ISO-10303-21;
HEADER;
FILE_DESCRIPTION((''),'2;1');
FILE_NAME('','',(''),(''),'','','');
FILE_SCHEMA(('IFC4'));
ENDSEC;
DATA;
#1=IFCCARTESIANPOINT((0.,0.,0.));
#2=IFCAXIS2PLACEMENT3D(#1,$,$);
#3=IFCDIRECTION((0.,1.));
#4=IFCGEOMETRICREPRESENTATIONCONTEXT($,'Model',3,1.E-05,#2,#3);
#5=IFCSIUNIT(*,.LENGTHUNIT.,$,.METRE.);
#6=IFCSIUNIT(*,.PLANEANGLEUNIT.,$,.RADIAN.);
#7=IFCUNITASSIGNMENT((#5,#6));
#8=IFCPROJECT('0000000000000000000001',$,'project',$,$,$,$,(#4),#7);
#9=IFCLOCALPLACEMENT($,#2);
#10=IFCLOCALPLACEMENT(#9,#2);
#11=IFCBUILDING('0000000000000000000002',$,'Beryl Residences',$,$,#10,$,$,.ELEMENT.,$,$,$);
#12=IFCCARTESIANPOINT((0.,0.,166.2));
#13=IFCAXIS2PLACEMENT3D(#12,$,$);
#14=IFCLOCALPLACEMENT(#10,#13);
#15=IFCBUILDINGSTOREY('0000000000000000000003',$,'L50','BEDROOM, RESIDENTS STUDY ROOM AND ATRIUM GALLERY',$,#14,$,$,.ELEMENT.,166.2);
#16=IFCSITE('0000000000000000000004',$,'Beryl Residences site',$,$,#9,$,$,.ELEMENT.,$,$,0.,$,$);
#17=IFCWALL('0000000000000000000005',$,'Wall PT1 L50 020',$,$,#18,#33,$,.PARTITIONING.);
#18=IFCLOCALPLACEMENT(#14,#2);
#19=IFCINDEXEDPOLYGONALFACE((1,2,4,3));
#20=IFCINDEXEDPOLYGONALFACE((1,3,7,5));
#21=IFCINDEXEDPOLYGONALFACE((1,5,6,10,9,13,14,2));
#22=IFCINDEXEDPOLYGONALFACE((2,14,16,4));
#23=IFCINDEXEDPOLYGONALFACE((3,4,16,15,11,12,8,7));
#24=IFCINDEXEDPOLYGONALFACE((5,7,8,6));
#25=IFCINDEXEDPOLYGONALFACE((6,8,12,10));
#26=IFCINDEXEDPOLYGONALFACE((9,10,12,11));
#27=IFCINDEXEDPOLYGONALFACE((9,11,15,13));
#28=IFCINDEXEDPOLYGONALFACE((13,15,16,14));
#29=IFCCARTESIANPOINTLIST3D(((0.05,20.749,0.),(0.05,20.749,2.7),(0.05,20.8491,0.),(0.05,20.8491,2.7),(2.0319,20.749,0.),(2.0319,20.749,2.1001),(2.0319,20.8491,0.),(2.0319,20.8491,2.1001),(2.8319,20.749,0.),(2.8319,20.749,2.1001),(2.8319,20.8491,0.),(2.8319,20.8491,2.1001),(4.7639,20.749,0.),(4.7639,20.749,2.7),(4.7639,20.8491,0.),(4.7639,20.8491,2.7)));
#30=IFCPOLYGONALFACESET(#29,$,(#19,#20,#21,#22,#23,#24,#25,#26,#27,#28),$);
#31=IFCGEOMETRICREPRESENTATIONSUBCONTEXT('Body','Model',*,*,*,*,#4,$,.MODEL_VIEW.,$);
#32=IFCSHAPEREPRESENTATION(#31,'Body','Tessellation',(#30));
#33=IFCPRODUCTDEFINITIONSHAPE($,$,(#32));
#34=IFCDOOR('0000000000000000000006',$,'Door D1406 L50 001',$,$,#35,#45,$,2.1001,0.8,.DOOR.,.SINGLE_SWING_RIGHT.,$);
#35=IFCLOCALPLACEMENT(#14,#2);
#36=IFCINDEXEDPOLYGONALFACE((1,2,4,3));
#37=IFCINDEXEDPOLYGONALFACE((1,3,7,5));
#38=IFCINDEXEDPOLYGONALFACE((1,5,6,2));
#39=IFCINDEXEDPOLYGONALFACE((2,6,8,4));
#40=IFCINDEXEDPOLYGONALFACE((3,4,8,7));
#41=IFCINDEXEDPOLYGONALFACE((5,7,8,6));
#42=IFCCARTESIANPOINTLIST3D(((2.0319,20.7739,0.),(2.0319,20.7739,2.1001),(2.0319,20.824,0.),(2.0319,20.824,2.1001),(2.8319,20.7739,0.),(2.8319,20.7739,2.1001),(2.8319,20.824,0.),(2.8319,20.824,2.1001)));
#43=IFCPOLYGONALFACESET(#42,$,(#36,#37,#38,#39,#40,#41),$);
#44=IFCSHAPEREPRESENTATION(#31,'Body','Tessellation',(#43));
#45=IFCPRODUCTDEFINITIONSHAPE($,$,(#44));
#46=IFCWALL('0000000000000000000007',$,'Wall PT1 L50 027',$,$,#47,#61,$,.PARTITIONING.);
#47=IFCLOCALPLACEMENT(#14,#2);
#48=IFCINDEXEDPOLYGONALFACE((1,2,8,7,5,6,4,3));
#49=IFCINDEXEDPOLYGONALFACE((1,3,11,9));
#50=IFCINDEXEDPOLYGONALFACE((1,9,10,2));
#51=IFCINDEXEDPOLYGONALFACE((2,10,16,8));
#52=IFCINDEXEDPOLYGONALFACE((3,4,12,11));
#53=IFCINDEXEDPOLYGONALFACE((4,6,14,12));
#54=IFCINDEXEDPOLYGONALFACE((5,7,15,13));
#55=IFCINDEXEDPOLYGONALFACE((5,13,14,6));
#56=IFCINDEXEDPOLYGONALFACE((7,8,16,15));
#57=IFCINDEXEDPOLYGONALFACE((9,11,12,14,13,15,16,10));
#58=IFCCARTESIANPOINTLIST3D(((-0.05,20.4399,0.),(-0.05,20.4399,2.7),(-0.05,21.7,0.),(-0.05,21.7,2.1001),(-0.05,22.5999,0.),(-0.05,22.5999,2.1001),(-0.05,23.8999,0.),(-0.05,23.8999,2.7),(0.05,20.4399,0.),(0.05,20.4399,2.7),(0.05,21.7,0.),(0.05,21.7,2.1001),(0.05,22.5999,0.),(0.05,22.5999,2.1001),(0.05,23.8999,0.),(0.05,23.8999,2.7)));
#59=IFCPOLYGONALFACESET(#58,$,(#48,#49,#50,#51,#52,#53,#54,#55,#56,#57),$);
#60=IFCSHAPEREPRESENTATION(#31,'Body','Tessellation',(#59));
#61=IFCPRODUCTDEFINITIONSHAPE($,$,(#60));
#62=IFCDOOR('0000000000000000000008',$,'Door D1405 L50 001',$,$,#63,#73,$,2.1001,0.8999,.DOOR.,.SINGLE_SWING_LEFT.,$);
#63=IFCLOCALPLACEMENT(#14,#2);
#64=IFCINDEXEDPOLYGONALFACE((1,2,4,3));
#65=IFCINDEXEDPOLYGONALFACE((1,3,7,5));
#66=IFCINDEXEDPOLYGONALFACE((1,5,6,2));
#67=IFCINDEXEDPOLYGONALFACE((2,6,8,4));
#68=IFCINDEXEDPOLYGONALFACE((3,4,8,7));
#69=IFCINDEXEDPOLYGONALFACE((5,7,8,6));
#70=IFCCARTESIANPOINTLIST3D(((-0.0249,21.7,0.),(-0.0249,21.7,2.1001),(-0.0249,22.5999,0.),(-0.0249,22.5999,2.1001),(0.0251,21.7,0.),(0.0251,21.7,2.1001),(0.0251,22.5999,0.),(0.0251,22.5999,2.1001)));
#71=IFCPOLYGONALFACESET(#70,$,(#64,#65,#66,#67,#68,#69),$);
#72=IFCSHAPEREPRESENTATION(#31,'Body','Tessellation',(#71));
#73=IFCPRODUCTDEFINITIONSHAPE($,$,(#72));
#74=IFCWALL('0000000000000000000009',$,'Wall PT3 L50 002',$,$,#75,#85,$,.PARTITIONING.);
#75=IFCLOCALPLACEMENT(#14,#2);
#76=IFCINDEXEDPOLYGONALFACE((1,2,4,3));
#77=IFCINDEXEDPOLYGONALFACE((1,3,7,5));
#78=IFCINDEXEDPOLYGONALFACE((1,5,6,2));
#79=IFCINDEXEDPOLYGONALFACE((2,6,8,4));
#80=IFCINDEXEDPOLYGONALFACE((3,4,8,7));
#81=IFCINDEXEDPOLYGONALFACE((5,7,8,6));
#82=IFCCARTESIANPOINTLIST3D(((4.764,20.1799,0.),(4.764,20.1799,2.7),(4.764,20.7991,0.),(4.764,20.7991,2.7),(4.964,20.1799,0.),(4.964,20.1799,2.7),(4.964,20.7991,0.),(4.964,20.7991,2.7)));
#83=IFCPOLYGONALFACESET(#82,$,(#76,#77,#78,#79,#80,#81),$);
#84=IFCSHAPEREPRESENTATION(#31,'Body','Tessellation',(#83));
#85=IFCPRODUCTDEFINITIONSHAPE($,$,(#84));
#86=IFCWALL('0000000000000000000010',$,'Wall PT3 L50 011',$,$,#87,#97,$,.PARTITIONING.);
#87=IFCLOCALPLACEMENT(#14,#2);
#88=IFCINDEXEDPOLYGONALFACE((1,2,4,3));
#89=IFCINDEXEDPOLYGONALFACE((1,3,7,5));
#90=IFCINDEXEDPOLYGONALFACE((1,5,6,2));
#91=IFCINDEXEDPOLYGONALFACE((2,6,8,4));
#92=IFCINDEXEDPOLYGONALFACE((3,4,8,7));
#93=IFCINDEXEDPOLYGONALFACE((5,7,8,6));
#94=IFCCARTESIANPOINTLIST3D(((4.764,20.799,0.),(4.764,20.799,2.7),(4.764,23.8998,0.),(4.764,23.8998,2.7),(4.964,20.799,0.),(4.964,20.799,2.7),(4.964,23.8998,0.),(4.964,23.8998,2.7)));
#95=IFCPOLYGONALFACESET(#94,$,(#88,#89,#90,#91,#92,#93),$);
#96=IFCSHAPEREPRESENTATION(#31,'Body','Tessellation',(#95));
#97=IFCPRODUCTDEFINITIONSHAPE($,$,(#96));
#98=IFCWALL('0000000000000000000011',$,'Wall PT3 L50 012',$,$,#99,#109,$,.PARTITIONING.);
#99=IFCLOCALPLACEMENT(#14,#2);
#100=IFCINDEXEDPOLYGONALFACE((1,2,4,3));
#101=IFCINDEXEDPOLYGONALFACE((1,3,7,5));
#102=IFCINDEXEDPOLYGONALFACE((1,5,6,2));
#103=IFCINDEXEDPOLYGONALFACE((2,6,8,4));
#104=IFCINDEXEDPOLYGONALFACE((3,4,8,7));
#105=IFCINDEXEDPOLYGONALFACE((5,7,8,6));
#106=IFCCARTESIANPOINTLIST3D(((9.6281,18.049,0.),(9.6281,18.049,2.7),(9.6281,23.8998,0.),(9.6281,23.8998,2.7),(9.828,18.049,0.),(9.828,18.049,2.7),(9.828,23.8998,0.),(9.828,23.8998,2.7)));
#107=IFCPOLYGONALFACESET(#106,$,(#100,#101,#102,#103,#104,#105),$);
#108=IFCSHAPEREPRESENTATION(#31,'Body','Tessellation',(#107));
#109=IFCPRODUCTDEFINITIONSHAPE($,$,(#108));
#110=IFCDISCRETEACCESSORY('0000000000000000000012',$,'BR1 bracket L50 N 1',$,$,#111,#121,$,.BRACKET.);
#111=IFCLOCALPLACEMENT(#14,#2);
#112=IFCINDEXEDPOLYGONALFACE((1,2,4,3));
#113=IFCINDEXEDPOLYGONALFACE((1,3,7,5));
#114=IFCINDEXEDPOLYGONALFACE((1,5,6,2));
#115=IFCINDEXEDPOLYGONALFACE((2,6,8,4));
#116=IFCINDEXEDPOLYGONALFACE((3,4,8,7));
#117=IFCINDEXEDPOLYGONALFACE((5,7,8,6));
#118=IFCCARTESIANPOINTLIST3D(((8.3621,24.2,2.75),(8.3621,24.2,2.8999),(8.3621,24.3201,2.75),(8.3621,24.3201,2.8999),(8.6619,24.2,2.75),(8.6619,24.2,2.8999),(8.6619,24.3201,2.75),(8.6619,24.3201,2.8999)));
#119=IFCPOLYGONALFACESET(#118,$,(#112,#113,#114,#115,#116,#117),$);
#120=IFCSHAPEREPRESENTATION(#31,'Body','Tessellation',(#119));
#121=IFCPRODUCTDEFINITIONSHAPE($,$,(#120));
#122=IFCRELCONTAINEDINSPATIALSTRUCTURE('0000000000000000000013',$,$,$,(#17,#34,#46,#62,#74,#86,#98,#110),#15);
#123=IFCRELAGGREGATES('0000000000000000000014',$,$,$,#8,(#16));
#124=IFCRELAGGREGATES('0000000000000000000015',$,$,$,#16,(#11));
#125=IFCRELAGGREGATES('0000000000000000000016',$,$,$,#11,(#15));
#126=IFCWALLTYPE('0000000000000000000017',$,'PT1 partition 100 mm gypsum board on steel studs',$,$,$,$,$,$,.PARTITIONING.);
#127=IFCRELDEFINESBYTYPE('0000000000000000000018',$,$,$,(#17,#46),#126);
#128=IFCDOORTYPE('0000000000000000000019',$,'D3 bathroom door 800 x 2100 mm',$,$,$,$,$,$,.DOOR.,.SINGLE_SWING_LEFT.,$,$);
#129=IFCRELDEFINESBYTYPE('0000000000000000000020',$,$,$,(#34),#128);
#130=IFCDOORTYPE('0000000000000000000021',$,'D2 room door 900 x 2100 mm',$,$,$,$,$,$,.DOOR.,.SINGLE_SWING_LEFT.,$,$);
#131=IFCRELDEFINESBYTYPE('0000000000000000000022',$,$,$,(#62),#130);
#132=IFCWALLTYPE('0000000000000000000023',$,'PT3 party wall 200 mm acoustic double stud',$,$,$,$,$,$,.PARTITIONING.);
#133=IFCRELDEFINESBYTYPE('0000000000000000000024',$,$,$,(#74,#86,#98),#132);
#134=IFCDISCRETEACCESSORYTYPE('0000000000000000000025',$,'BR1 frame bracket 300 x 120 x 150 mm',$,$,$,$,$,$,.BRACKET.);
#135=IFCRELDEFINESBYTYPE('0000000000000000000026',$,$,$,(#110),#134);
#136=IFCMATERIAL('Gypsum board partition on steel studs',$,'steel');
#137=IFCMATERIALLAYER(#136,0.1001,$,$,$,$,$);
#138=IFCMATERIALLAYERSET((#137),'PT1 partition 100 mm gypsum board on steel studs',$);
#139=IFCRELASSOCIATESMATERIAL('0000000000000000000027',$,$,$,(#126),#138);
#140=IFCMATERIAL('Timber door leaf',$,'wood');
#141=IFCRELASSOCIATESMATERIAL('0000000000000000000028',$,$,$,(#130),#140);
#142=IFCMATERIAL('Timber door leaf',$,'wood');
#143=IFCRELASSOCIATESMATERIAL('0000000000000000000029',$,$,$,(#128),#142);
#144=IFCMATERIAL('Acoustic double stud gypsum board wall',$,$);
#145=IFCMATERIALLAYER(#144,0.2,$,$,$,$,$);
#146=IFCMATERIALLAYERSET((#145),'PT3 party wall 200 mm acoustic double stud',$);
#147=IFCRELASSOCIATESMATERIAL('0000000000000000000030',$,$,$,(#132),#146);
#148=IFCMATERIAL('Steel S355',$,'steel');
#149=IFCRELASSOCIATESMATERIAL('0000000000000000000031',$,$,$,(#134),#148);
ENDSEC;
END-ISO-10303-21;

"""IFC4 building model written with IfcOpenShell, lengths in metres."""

from ifc_helpers import new_model, si_unit, direction, frame, frame_2d, origin, place, context, subcontext, project, spatial, polyline, rectangle, outline, extrude, source, transform, mapped, material, layer, layer_set, type_object, type_shapes, element, fill, save


model = new_model("IFC4")

# Units and contexts
model_context = context("Model", 3, precision=1e-05, world=origin(), true_north=direction((0.0, 1.0)))
body_context = subcontext(model_context, "Body", "Model", "MODEL_VIEW")
ifc_project = project(units=[si_unit("LENGTHUNIT", "METRE"), si_unit("PLANEANGLEUNIT", "RADIAN")], contexts=[model_context])

# Site, building, storey
site_placement = place(None, origin())
site = spatial("IfcSite", under=ifc_project, at=site_placement, Name="Beryl Residences site", CompositionType="ELEMENT", RefElevation=0.0)
building_placement = place(site_placement, origin())
building = spatial("IfcBuilding", under=site, at=building_placement, Name="Beryl Residences", CompositionType="ELEMENT")
storey_placement = place(building_placement, frame((0.0, 0.0, 166.2)))
storey = spatial("IfcBuildingStorey", under=building, at=storey_placement, Name="L50", Description="BEDROOM, RESIDENTS STUDY ROOM AND ATRIUM GALLERY", CompositionType="ELEMENT", Elevation=166.2)

# Shared definitions
ifc_material_1 = material(Name="Gypsum board partition on steel studs", Category="steel")
ifc_layer_1 = layer(ifc_material_1, 0.1001)
ifc_layer_set_1 = layer_set([ifc_layer_1], Name="PT1 partition 100 mm gypsum board on steel studs")
wall_type_1 = type_object("IfcWallType", Name="PT1 partition 100 mm gypsum board on steel studs", PredefinedType="PARTITIONING", material=ifc_layer_set_1)
ifc_material_2 = material(Name="Timber door leaf", Category="wood")
door_type_1 = type_object("IfcDoorType", Name="D2 room door 900 x 2100 mm", OperationType="SINGLE_SWING_LEFT", PredefinedType="DOOR", material=ifc_material_2)

# Walls, openings, doors
wall_1_placement = place(storey_placement, frame((0.05, 20.7991, 0.0), z_axis=(0.0, 0.0, 1.0), x_axis=(1.0, 0.0, 0.0)))
wall_1 = element("IfcWall", 1, at=wall_1_placement, inside=storey, type_object=wall_type_1, Name="Wall PT1 L50 020", PredefinedType="PARTITIONING", context=body_context, shape_type="SweptSolid", body=[
    extrude(rectangle(XDim=4.7139, YDim=0.1001, at=frame_2d((2.3569, 0.0))), origin(), (0.0, 0.0, 1.0), 2.7),
])
opening_1_placement = place(wall_1_placement, frame((1.9819, 0.0, 0.0)))
opening_1 = element("IfcOpeningElement", 2, at=opening_1_placement, cuts=wall_1, PredefinedType="OPENING", context=body_context, shape_type="SweptSolid", body=[
    extrude(rectangle(XDim=0.8, YDim=2.1001, at=frame_2d((0.3999, 1.05))), frame((0.0, 0.0601, 0.0), z_axis=(0.0, -1.0, 0.0), x_axis=(1.0, 0.0, 0.0)), (0.0, 0.0, 1.0), 0.1201),
])
ifc_material_3 = material(Name="Timber door leaf", Category="wood")
door_type_2 = type_object("IfcDoorType", Name="D3 bathroom door 800 x 2100 mm", OperationType="SINGLE_SWING_LEFT", PredefinedType="DOOR", material=ifc_material_3)
door_1_placement = place(opening_1_placement, origin())
door_1 = element("IfcDoor", 3, at=door_1_placement, inside=storey, type_object=door_type_2, Name="Door D1406 L50 001", OperationType="SINGLE_SWING_RIGHT", OverallHeight=2.1001, OverallWidth=0.8, PredefinedType="DOOR", context=body_context, shape_type="SweptSolid", body=[
    extrude(rectangle(XDim=0.8, YDim=2.1001, at=frame_2d((0.3999, 1.05))), frame((0.0, 0.0249, 0.0), z_axis=(0.0, -1.0, 0.0), x_axis=(1.0, 0.0, 0.0)), (0.0, 0.0, 1.0), 0.05),
])
fill(opening_1, door_1)
wall_2_placement = place(storey_placement, frame((0.0, 20.4399, 0.0), z_axis=(0.0, 0.0, 1.0), x_axis=(0.0, 1.0, 0.0)))
wall_2 = element("IfcWall", 4, at=wall_2_placement, inside=storey, type_object=wall_type_1, Name="Wall PT1 L50 027", PredefinedType="PARTITIONING", context=body_context, shape_type="SweptSolid", body=[
    extrude(rectangle(XDim=3.46, YDim=0.1001, at=frame_2d((1.73, 0.0))), origin(), (0.0, 0.0, 1.0), 2.7),
])
opening_2_placement = place(wall_2_placement, frame((1.26, 0.0, 0.0)))
opening_2 = element("IfcOpeningElement", 5, at=opening_2_placement, cuts=wall_2, PredefinedType="OPENING", context=body_context, shape_type="SweptSolid", body=[
    extrude(rectangle(XDim=0.8999, YDim=2.1001, at=frame_2d((0.45, 1.05))), frame((0.0, 0.0601, 0.0), z_axis=(0.0, -1.0, 0.0), x_axis=(1.0, 0.0, 0.0)), (0.0, 0.0, 1.0), 0.1201),
])
door_2_placement = place(opening_2_placement, origin())
door_2 = element("IfcDoor", 6, at=door_2_placement, inside=storey, type_object=door_type_1, Name="Door D1405 L50 001", OperationType="SINGLE_SWING_LEFT", OverallHeight=2.1001, OverallWidth=0.8999, PredefinedType="DOOR", context=body_context, shape_type="SweptSolid", body=[
    extrude(rectangle(XDim=0.8999, YDim=2.1001, at=frame_2d((0.45, 1.05))), frame((0.0, 0.0249, 0.0), z_axis=(0.0, -1.0, 0.0), x_axis=(1.0, 0.0, 0.0)), (0.0, 0.0, 1.0), 0.05),
])
fill(opening_2, door_2)

# Walls
ifc_material_4 = material(Name="Acoustic double stud gypsum board wall")
ifc_layer_2 = layer(ifc_material_4, 0.2)
ifc_layer_set_2 = layer_set([ifc_layer_2], Name="PT3 party wall 200 mm acoustic double stud")
wall_type_2 = type_object("IfcWallType", Name="PT3 party wall 200 mm acoustic double stud", PredefinedType="PARTITIONING", material=ifc_layer_set_2)
wall_3_placement = place(storey_placement, frame((4.864, 20.7991, 0.0), z_axis=(0.0, 0.0, 1.0), x_axis=(0.0, -1.0, 0.0)))
element("IfcWall", 7, at=wall_3_placement, inside=storey, type_object=wall_type_2, Name="Wall PT3 L50 002", PredefinedType="PARTITIONING", context=body_context, shape_type="SweptSolid", body=[
    extrude(rectangle(XDim=0.6191, YDim=0.2, at=frame_2d((0.3096, 0.0))), origin(), (0.0, 0.0, 1.0), 2.7),
])
wall_4_placement = place(storey_placement, frame((4.864, 20.7991, 0.0), z_axis=(0.0, 0.0, 1.0), x_axis=(0.0, 1.0, 0.0)))
element("IfcWall", 8, at=wall_4_placement, inside=storey, type_object=wall_type_2, Name="Wall PT3 L50 011", PredefinedType="PARTITIONING", context=body_context, shape_type="SweptSolid", body=[
    extrude(rectangle(XDim=3.1008, YDim=0.2, at=frame_2d((1.5503, 0.0))), origin(), (0.0, 0.0, 1.0), 2.7),
])
wall_5_placement = place(storey_placement, frame((9.728, 18.0491, 0.0), z_axis=(0.0, 0.0, 1.0), x_axis=(0.0, 1.0, 0.0)))
element("IfcWall", 9, at=wall_5_placement, inside=storey, type_object=wall_type_2, Name="Wall PT3 L50 012", PredefinedType="PARTITIONING", context=body_context, shape_type="SweptSolid", body=[
    extrude(rectangle(XDim=5.8508, YDim=0.2, at=frame_2d((2.9253, 0.0))), origin(), (0.0, 0.0, 1.0), 2.7),
])

# Discrete accessory
ifc_material_5 = material(Name="Steel S355", Category="steel")
discrete_accessory_type = type_object("IfcDiscreteAccessoryType", Name="BR1 frame bracket 300 x 120 x 150 mm", PredefinedType="BRACKET", material=ifc_material_5)
shared_shape_1 = source(origin(), body_context, "Body", "SweptSolid", [
    extrude(outline(polyline([(-0.1499, 0.0), (0.1499, 0.0), (0.1499, 0.1201), (-0.1499, 0.1201), (-0.1499, 0.0)])), origin(), (0.0, 0.0, 1.0), 0.1499),
])
type_shapes(discrete_accessory_type, [shared_shape_1])
discrete_accessory_placement = place(storey_placement, frame((8.512, 24.2, 2.75), z_axis=(0.0, 0.0, 1.0), x_axis=(1.0, 0.0, 0.0)))
element("IfcDiscreteAccessory", 10, at=discrete_accessory_placement, inside=storey, type_object=discrete_accessory_type, Name="BR1 bracket L50 N 1", PredefinedType="BRACKET", context=body_context, shape_type="MappedRepresentation", body=[
    mapped(shared_shape_1, transform((0.0, 0.0, 0.0))),
])

save(model, "model.ifc")
